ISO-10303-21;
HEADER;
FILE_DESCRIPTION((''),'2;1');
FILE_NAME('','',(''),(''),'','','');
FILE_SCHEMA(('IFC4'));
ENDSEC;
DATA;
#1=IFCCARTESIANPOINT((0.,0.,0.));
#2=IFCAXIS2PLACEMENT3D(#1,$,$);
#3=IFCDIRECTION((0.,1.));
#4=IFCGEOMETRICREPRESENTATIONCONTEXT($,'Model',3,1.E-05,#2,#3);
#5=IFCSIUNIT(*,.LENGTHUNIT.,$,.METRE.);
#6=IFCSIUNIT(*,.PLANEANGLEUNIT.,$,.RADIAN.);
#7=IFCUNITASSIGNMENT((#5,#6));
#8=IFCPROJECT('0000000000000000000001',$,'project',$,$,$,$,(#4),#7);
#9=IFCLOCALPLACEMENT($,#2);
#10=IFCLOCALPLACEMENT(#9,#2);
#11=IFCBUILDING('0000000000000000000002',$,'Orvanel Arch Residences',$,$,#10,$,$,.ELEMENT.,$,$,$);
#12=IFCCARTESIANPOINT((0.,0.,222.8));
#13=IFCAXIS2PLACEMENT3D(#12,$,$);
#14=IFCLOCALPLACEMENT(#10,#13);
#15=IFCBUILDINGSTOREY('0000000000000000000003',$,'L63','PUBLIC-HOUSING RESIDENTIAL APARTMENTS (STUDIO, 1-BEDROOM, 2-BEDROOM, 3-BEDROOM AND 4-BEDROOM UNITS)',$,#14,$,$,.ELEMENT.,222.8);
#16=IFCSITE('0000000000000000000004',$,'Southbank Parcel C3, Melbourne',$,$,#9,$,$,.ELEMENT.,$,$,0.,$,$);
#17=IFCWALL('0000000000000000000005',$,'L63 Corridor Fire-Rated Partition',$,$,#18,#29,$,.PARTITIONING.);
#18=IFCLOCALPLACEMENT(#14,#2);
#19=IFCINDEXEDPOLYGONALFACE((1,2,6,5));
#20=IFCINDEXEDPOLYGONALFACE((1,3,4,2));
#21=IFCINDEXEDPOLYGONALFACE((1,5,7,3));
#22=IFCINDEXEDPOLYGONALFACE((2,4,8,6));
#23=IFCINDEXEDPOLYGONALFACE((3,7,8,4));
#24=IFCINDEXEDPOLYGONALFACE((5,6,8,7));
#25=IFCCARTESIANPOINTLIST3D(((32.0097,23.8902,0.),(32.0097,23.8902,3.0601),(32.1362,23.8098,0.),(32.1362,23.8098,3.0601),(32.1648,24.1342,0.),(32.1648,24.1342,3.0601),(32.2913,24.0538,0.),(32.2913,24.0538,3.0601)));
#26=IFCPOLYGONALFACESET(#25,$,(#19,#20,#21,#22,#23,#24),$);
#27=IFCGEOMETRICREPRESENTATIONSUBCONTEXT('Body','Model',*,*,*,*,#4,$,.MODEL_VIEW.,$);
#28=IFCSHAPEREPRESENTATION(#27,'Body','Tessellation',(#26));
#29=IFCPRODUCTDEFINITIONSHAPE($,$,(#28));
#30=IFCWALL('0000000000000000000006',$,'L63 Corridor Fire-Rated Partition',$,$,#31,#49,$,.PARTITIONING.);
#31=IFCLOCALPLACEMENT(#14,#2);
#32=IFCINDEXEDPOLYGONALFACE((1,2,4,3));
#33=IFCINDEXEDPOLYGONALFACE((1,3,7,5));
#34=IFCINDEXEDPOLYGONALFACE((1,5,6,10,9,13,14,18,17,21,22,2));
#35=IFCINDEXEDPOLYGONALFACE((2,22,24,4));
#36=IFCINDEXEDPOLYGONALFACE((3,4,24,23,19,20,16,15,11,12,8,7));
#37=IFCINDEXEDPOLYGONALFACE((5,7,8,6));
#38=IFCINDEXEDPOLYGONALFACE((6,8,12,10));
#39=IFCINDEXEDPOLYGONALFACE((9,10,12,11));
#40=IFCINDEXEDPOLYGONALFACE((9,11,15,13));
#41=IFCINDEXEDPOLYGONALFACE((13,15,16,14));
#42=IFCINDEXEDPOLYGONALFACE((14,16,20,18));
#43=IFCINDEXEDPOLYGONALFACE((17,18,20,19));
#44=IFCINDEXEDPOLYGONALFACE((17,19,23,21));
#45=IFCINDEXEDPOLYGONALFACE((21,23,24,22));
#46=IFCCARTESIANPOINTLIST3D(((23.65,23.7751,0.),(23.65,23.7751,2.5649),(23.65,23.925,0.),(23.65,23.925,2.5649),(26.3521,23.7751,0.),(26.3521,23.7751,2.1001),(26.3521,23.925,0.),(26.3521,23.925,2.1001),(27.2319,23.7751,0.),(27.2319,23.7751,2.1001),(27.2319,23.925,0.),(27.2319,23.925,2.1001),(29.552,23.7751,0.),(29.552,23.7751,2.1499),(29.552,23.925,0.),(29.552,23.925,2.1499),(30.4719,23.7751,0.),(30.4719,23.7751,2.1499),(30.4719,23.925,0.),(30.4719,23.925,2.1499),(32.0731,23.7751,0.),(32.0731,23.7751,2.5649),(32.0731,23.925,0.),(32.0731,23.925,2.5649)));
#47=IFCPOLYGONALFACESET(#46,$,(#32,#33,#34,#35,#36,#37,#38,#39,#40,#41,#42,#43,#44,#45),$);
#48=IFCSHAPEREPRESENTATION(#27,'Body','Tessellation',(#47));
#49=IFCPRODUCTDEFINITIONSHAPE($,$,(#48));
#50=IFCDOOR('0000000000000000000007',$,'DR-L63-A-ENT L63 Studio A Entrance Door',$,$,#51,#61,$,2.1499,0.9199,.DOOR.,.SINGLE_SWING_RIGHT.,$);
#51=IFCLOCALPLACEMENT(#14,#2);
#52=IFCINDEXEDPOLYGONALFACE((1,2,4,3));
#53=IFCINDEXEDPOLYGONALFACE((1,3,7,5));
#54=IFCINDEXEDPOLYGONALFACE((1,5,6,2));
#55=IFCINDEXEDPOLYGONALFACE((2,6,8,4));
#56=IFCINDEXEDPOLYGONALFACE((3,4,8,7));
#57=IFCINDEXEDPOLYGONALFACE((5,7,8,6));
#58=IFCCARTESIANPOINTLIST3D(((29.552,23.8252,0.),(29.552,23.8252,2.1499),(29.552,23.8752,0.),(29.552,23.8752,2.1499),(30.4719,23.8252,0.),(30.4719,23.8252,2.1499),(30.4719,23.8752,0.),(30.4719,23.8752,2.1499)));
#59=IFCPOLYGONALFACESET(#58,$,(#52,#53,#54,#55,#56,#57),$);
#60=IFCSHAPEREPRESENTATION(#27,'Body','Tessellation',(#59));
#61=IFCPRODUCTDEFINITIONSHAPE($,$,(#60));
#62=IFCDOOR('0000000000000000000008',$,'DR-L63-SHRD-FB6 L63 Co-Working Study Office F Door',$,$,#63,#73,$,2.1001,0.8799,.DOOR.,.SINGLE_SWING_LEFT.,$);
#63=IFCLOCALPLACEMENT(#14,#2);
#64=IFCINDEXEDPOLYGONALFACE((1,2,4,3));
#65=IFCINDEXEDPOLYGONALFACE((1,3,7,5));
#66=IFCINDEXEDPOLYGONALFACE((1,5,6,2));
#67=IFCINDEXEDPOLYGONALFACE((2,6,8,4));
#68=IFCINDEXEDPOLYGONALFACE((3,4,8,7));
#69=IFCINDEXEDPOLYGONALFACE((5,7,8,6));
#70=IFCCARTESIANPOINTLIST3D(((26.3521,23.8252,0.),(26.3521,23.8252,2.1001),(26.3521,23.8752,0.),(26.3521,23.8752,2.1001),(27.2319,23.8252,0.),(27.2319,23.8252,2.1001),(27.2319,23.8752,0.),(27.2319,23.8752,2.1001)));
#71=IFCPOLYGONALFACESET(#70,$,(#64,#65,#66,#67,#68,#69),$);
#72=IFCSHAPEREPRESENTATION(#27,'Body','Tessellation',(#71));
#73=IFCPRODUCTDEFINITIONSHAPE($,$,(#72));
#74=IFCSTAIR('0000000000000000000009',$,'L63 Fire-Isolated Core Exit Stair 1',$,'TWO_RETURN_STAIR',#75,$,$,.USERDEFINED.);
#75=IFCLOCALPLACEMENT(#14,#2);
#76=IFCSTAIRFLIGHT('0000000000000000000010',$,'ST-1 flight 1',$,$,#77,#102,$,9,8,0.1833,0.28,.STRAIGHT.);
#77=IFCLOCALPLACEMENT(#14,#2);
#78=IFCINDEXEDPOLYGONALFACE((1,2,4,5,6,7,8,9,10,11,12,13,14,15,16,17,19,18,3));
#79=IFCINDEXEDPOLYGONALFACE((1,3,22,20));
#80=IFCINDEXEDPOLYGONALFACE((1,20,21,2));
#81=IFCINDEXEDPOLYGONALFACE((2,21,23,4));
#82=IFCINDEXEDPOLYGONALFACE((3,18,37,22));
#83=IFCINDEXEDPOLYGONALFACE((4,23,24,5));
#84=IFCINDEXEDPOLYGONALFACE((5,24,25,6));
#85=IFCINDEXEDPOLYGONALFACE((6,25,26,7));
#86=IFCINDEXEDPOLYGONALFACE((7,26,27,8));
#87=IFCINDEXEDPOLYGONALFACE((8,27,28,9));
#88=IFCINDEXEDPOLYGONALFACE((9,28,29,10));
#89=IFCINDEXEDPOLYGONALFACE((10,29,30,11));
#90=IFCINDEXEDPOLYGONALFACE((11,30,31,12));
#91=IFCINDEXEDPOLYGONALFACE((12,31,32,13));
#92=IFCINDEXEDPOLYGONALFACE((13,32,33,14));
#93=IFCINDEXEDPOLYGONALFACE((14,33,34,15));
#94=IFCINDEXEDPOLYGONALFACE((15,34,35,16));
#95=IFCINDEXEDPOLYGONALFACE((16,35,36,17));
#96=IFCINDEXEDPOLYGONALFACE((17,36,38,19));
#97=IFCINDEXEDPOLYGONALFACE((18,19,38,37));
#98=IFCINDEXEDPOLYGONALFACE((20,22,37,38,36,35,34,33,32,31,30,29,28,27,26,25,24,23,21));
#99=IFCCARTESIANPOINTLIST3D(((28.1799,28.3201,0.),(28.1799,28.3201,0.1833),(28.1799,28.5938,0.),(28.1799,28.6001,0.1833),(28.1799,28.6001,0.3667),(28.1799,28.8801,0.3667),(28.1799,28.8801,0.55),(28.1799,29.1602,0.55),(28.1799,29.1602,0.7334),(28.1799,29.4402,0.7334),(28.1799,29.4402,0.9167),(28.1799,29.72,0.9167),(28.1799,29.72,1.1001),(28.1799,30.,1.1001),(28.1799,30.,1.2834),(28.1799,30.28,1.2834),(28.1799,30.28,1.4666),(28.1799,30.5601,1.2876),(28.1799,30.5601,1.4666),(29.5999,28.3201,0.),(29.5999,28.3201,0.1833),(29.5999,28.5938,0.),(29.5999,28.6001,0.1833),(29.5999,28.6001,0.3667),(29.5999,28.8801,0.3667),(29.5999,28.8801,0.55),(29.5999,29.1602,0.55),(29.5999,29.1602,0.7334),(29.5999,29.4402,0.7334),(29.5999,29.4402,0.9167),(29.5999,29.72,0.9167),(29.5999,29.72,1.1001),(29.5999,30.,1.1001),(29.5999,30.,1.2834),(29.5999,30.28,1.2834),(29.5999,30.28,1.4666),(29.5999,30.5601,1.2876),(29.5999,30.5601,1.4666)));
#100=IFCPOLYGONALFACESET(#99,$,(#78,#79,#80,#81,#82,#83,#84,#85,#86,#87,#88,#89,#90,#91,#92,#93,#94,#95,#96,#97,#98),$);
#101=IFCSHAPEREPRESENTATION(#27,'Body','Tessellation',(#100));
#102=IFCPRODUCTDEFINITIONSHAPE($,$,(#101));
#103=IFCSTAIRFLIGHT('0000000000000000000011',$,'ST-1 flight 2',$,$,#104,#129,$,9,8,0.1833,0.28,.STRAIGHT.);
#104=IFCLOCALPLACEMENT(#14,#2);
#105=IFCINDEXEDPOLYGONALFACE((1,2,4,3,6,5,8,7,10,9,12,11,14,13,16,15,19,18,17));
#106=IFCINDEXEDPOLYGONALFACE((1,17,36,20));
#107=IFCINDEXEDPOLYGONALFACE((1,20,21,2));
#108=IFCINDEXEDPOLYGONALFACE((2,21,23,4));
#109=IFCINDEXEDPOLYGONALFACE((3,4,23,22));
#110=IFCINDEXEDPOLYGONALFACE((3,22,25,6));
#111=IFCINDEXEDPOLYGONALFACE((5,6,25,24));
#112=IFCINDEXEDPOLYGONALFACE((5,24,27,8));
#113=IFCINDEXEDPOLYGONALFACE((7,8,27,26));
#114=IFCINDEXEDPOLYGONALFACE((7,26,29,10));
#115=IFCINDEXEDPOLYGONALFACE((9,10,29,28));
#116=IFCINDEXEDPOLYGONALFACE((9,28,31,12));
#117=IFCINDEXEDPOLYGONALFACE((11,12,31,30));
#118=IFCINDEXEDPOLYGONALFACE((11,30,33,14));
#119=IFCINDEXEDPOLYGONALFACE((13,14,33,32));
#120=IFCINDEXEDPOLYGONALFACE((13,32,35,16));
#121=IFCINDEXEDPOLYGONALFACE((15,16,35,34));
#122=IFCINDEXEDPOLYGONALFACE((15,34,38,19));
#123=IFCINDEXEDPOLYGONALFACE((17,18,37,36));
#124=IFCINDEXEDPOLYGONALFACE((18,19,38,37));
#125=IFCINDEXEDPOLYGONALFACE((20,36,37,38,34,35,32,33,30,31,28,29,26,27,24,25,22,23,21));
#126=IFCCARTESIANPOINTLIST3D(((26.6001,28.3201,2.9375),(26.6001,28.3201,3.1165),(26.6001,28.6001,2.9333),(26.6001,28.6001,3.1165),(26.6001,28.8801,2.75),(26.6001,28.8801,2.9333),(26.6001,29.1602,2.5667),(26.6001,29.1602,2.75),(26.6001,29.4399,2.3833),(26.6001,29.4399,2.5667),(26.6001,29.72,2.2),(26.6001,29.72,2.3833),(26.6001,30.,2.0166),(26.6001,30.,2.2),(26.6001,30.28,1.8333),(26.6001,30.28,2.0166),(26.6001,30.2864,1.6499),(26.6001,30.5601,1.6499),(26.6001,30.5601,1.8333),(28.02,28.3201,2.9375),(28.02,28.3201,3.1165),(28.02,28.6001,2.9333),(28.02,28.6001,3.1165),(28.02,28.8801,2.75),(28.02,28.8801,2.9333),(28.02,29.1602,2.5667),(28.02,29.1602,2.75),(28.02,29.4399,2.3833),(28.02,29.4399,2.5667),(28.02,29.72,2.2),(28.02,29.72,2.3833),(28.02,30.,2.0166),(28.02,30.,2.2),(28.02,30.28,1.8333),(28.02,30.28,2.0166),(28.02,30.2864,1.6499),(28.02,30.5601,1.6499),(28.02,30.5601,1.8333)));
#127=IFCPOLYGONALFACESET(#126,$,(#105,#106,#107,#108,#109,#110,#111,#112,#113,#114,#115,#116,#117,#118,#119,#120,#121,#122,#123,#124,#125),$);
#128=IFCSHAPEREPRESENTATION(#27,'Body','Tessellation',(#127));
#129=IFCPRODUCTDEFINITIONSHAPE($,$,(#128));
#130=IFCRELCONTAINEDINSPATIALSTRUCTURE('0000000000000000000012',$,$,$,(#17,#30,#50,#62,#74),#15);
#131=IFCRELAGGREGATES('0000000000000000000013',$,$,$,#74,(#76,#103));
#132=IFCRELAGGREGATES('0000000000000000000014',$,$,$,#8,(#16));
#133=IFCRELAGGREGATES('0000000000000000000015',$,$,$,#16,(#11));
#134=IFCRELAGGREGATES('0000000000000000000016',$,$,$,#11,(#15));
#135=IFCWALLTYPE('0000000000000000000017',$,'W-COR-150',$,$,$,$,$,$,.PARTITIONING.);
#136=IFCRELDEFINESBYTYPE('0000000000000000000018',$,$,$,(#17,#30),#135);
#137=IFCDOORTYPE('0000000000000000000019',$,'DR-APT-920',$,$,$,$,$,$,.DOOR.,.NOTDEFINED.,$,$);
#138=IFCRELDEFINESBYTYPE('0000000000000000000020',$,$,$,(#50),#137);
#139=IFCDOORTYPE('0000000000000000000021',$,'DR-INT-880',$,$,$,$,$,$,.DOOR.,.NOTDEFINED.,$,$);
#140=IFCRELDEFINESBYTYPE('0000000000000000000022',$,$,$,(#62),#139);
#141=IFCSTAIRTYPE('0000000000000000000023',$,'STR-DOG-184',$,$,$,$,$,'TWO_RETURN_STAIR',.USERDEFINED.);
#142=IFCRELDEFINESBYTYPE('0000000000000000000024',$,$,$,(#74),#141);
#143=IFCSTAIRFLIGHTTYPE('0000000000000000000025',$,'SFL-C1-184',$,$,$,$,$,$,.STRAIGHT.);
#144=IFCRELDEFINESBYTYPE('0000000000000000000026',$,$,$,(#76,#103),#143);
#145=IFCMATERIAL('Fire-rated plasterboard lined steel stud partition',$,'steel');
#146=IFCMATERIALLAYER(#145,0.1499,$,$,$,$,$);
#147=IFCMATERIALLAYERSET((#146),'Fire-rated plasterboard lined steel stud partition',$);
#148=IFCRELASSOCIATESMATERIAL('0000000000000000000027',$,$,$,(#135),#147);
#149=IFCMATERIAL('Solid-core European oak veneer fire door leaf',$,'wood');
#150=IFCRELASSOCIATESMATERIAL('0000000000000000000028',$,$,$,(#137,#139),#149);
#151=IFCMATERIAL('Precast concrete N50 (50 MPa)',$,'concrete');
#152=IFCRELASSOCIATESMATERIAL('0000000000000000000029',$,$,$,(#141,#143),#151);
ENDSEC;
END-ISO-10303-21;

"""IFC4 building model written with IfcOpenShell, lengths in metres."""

from ifc_helpers import new_model, si_unit, direction, frame, frame_2d, origin, place, context, subcontext, project, spatial, polyline, rectangle, outline, extrude, material, layer, layer_set, type_object, element, fill, aggregate, save


model = new_model("IFC4")

# Units and contexts
model_context = context("Model", 3, precision=1e-05, world=origin(), true_north=direction((0.0, 1.0)))
body_context = subcontext(model_context, "Body", "Model", "MODEL_VIEW")
ifc_project = project(units=[si_unit("LENGTHUNIT", "METRE"), si_unit("PLANEANGLEUNIT", "RADIAN")], contexts=[model_context])

# Site, building, storey
site_placement = place(None, origin())
site = spatial("IfcSite", under=ifc_project, at=site_placement, Name="Southbank Parcel C3, Melbourne", CompositionType="ELEMENT", RefElevation=0.0)
building_placement = place(site_placement, origin())
building = spatial("IfcBuilding", under=site, at=building_placement, Name="Orvanel Arch Residences", CompositionType="ELEMENT")
storey_placement = place(building_placement, frame((0.0, 0.0, 222.8)))
storey = spatial("IfcBuildingStorey", under=building, at=storey_placement, Name="L63", Description="PUBLIC-HOUSING RESIDENTIAL APARTMENTS (STUDIO, 1-BEDROOM, 2-BEDROOM, 3-BEDROOM AND 4-BEDROOM UNITS)", CompositionType="ELEMENT", Elevation=222.8)

# Wall
ifc_material_1 = material(Name="Fire-rated plasterboard lined steel stud partition", Category="steel")
ifc_layer_1 = layer(ifc_material_1, 0.1499)
ifc_layer_set_1 = layer_set([ifc_layer_1], Name="Fire-rated plasterboard lined steel stud partition")
wall_type_1 = type_object("IfcWallType", Name="W-COR-150", PredefinedType="PARTITIONING", material=ifc_layer_set_1)
wall_1_placement = place(storey_placement, frame((32.228, 24.094, 0.0), z_axis=(0.0, 0.0, 1.0), x_axis=(-0.536438, -0.84394, 0.0)))
element("IfcWall", 1, at=wall_1_placement, inside=storey, type_object=wall_type_1, Name="L63 Corridor Fire-Rated Partition", PredefinedType="PARTITIONING", context=body_context, shape_type="SweptSolid", body=[
    extrude(rectangle(XDim=0.2891, YDim=0.1499, at=frame_2d((0.1445, 0.0))), origin(), (0.0, 0.0, 1.0), 3.0601),
])

# Wall, openings, doors
wall_2_placement = place(storey_placement, frame((32.073, 23.8501, 0.0), z_axis=(0.0, 0.0, 1.0), x_axis=(-1.0, 0.0, 0.0)))
wall_2 = element("IfcWall", 2, at=wall_2_placement, inside=storey, type_object=wall_type_1, Name="L63 Corridor Fire-Rated Partition", PredefinedType="PARTITIONING", context=body_context, shape_type="SweptSolid", body=[
    extrude(rectangle(XDim=8.4231, YDim=0.1499, at=frame_2d((4.2114, 0.0))), origin(), (0.0, 0.0, 1.0), 2.5649),
])
opening_1_placement = place(wall_2_placement, frame((1.6011, 0.0, 0.0)))
opening_1 = element("IfcOpeningElement", 3, at=opening_1_placement, cuts=wall_2, PredefinedType="OPENING", context=body_context, shape_type="SweptSolid", body=[
    extrude(rectangle(XDim=0.9199, YDim=2.1499, at=frame_2d((0.46, 1.075))), frame((0.0, 0.085, 0.0), z_axis=(0.0, -1.0, 0.0), x_axis=(1.0, 0.0, 0.0)), (0.0, 0.0, 1.0), 0.1699),
])
opening_2_placement = place(wall_2_placement, frame((4.8411, 0.0, 0.0)))
opening_2 = element("IfcOpeningElement", 4, at=opening_2_placement, cuts=wall_2, PredefinedType="OPENING", context=body_context, shape_type="SweptSolid", body=[
    extrude(rectangle(XDim=0.8799, YDim=2.1001, at=frame_2d((0.4399, 1.05))), frame((0.0, 0.085, 0.0), z_axis=(0.0, -1.0, 0.0), x_axis=(1.0, 0.0, 0.0)), (0.0, 0.0, 1.0), 0.1699),
])
ifc_material_2 = material(Name="Solid-core European oak veneer fire door leaf", Category="wood")
door_type_1 = type_object("IfcDoorType", Name="DR-APT-920", OperationType="NOTDEFINED", PredefinedType="DOOR", material=ifc_material_2)
door_1_placement = place(opening_1_placement, origin())
door_1 = element("IfcDoor", 5, at=door_1_placement, inside=storey, type_object=door_type_1, Name="DR-L63-A-ENT L63 Studio A Entrance Door", OperationType="SINGLE_SWING_RIGHT", OverallHeight=2.1499, OverallWidth=0.9199, PredefinedType="DOOR", context=body_context, shape_type="SweptSolid", body=[
    extrude(rectangle(XDim=0.9199, YDim=2.1499, at=frame_2d((0.46, 1.075))), frame((0.0, 0.0249, 0.0), z_axis=(0.0, -1.0, 0.0), x_axis=(1.0, 0.0, 0.0)), (0.0, 0.0, 1.0), 0.05),
])
fill(opening_1, door_1)
door_type_2 = type_object("IfcDoorType", Name="DR-INT-880", OperationType="NOTDEFINED", PredefinedType="DOOR", material=ifc_material_2)
door_2_placement = place(opening_2_placement, origin())
door_2 = element("IfcDoor", 6, at=door_2_placement, inside=storey, type_object=door_type_2, Name="DR-L63-SHRD-FB6 L63 Co-Working Study Office F Door", OperationType="SINGLE_SWING_LEFT", OverallHeight=2.1001, OverallWidth=0.8799, PredefinedType="DOOR", context=body_context, shape_type="SweptSolid", body=[
    extrude(rectangle(XDim=0.8799, YDim=2.1001, at=frame_2d((0.4399, 1.05))), frame((0.0, 0.0249, 0.0), z_axis=(0.0, -1.0, 0.0), x_axis=(1.0, 0.0, 0.0)), (0.0, 0.0, 1.0), 0.05),
])
fill(opening_2, door_2)

# Stair, stair flights
ifc_material_3 = material(Name="Precast concrete N50 (50 MPa)", Category="concrete")
stair_type = type_object("IfcStairType", Name="STR-DOG-184", ElementType="TWO_RETURN_STAIR", PredefinedType="USERDEFINED", material=ifc_material_3)
stair_placement = place(storey_placement, origin())
stair = element("IfcStair", 7, at=stair_placement, inside=storey, type_object=stair_type, Name="L63 Fire-Isolated Core Exit Stair 1", ObjectType="TWO_RETURN_STAIR", PredefinedType="USERDEFINED")
stair_flight_type = type_object("IfcStairFlightType", Name="SFL-C1-184", PredefinedType="STRAIGHT", material=ifc_material_3)
stair_flight_1_placement = place(storey_placement, frame((28.8899, 28.3201, 0.0), z_axis=(0.0, 0.0, 1.0), x_axis=(0.0, 1.0, 0.0)))
stair_flight_1 = element("IfcStairFlight", 8, at=stair_flight_1_placement, type_object=stair_flight_type, Name="ST-1 flight 1", NumberOfRisers=9, NumberOfTreads=8, PredefinedType="STRAIGHT", RiserHeight=0.1833, TreadLength=0.28, context=body_context, shape_type="SweptSolid", body=[
    extrude(outline(polyline([(0.0, 0.0), (0.0, 0.1833), (0.28, 0.1833), (0.28, 0.3667), (0.5601, 0.3667), (0.5601, 0.55), (0.8401, 0.55), (0.8401, 0.7334), (1.1201, 0.7334), (1.1201, 0.9167), (1.3999, 0.9167), (1.3999, 1.1001), (1.6799, 1.1001), (1.6799, 1.2834), (1.96, 1.2834), (1.96, 1.4666), (2.24, 1.4666), (2.24, 1.6499), (2.24, 1.2876), (0.2737, 0.0), (0.0, 0.0)])), frame((0.0, 0.71, 0.0), z_axis=(0.0, -1.0, 0.0), x_axis=(1.0, 0.0, 0.0)), (0.0, 0.0, 1.0), 1.4199),
])
stair_flight_2_placement = place(storey_placement, frame((27.3101, 30.5601, 1.6499), z_axis=(0.0, 0.0, 1.0), x_axis=(0.0, -1.0, 0.0)))
stair_flight_2 = element("IfcStairFlight", 9, at=stair_flight_2_placement, type_object=stair_flight_type, Name="ST-1 flight 2", NumberOfRisers=9, NumberOfTreads=8, PredefinedType="STRAIGHT", RiserHeight=0.1833, TreadLength=0.28, context=body_context, shape_type="SweptSolid", body=[
    extrude(outline(polyline([(0.0, 0.0), (0.0, 0.1833), (0.28, 0.1833), (0.28, 0.3667), (0.5601, 0.3667), (0.5601, 0.55), (0.8401, 0.55), (0.8401, 0.7334), (1.1201, 0.7334), (1.1201, 0.9167), (1.3999, 0.9167), (1.3999, 1.1001), (1.6799, 1.1001), (1.6799, 1.2834), (1.96, 1.2834), (1.96, 1.4666), (2.24, 1.4666), (2.24, 1.6499), (2.24, 1.2876), (0.2737, 0.0), (0.0, 0.0)])), frame((0.0, 0.71, 0.0), z_axis=(0.0, -1.0, 0.0), x_axis=(1.0, 0.0, 0.0)), (0.0, 0.0, 1.0), 1.4199),
])
aggregate(stair, [stair_flight_1, stair_flight_2])

save(model, "model.ifc")
